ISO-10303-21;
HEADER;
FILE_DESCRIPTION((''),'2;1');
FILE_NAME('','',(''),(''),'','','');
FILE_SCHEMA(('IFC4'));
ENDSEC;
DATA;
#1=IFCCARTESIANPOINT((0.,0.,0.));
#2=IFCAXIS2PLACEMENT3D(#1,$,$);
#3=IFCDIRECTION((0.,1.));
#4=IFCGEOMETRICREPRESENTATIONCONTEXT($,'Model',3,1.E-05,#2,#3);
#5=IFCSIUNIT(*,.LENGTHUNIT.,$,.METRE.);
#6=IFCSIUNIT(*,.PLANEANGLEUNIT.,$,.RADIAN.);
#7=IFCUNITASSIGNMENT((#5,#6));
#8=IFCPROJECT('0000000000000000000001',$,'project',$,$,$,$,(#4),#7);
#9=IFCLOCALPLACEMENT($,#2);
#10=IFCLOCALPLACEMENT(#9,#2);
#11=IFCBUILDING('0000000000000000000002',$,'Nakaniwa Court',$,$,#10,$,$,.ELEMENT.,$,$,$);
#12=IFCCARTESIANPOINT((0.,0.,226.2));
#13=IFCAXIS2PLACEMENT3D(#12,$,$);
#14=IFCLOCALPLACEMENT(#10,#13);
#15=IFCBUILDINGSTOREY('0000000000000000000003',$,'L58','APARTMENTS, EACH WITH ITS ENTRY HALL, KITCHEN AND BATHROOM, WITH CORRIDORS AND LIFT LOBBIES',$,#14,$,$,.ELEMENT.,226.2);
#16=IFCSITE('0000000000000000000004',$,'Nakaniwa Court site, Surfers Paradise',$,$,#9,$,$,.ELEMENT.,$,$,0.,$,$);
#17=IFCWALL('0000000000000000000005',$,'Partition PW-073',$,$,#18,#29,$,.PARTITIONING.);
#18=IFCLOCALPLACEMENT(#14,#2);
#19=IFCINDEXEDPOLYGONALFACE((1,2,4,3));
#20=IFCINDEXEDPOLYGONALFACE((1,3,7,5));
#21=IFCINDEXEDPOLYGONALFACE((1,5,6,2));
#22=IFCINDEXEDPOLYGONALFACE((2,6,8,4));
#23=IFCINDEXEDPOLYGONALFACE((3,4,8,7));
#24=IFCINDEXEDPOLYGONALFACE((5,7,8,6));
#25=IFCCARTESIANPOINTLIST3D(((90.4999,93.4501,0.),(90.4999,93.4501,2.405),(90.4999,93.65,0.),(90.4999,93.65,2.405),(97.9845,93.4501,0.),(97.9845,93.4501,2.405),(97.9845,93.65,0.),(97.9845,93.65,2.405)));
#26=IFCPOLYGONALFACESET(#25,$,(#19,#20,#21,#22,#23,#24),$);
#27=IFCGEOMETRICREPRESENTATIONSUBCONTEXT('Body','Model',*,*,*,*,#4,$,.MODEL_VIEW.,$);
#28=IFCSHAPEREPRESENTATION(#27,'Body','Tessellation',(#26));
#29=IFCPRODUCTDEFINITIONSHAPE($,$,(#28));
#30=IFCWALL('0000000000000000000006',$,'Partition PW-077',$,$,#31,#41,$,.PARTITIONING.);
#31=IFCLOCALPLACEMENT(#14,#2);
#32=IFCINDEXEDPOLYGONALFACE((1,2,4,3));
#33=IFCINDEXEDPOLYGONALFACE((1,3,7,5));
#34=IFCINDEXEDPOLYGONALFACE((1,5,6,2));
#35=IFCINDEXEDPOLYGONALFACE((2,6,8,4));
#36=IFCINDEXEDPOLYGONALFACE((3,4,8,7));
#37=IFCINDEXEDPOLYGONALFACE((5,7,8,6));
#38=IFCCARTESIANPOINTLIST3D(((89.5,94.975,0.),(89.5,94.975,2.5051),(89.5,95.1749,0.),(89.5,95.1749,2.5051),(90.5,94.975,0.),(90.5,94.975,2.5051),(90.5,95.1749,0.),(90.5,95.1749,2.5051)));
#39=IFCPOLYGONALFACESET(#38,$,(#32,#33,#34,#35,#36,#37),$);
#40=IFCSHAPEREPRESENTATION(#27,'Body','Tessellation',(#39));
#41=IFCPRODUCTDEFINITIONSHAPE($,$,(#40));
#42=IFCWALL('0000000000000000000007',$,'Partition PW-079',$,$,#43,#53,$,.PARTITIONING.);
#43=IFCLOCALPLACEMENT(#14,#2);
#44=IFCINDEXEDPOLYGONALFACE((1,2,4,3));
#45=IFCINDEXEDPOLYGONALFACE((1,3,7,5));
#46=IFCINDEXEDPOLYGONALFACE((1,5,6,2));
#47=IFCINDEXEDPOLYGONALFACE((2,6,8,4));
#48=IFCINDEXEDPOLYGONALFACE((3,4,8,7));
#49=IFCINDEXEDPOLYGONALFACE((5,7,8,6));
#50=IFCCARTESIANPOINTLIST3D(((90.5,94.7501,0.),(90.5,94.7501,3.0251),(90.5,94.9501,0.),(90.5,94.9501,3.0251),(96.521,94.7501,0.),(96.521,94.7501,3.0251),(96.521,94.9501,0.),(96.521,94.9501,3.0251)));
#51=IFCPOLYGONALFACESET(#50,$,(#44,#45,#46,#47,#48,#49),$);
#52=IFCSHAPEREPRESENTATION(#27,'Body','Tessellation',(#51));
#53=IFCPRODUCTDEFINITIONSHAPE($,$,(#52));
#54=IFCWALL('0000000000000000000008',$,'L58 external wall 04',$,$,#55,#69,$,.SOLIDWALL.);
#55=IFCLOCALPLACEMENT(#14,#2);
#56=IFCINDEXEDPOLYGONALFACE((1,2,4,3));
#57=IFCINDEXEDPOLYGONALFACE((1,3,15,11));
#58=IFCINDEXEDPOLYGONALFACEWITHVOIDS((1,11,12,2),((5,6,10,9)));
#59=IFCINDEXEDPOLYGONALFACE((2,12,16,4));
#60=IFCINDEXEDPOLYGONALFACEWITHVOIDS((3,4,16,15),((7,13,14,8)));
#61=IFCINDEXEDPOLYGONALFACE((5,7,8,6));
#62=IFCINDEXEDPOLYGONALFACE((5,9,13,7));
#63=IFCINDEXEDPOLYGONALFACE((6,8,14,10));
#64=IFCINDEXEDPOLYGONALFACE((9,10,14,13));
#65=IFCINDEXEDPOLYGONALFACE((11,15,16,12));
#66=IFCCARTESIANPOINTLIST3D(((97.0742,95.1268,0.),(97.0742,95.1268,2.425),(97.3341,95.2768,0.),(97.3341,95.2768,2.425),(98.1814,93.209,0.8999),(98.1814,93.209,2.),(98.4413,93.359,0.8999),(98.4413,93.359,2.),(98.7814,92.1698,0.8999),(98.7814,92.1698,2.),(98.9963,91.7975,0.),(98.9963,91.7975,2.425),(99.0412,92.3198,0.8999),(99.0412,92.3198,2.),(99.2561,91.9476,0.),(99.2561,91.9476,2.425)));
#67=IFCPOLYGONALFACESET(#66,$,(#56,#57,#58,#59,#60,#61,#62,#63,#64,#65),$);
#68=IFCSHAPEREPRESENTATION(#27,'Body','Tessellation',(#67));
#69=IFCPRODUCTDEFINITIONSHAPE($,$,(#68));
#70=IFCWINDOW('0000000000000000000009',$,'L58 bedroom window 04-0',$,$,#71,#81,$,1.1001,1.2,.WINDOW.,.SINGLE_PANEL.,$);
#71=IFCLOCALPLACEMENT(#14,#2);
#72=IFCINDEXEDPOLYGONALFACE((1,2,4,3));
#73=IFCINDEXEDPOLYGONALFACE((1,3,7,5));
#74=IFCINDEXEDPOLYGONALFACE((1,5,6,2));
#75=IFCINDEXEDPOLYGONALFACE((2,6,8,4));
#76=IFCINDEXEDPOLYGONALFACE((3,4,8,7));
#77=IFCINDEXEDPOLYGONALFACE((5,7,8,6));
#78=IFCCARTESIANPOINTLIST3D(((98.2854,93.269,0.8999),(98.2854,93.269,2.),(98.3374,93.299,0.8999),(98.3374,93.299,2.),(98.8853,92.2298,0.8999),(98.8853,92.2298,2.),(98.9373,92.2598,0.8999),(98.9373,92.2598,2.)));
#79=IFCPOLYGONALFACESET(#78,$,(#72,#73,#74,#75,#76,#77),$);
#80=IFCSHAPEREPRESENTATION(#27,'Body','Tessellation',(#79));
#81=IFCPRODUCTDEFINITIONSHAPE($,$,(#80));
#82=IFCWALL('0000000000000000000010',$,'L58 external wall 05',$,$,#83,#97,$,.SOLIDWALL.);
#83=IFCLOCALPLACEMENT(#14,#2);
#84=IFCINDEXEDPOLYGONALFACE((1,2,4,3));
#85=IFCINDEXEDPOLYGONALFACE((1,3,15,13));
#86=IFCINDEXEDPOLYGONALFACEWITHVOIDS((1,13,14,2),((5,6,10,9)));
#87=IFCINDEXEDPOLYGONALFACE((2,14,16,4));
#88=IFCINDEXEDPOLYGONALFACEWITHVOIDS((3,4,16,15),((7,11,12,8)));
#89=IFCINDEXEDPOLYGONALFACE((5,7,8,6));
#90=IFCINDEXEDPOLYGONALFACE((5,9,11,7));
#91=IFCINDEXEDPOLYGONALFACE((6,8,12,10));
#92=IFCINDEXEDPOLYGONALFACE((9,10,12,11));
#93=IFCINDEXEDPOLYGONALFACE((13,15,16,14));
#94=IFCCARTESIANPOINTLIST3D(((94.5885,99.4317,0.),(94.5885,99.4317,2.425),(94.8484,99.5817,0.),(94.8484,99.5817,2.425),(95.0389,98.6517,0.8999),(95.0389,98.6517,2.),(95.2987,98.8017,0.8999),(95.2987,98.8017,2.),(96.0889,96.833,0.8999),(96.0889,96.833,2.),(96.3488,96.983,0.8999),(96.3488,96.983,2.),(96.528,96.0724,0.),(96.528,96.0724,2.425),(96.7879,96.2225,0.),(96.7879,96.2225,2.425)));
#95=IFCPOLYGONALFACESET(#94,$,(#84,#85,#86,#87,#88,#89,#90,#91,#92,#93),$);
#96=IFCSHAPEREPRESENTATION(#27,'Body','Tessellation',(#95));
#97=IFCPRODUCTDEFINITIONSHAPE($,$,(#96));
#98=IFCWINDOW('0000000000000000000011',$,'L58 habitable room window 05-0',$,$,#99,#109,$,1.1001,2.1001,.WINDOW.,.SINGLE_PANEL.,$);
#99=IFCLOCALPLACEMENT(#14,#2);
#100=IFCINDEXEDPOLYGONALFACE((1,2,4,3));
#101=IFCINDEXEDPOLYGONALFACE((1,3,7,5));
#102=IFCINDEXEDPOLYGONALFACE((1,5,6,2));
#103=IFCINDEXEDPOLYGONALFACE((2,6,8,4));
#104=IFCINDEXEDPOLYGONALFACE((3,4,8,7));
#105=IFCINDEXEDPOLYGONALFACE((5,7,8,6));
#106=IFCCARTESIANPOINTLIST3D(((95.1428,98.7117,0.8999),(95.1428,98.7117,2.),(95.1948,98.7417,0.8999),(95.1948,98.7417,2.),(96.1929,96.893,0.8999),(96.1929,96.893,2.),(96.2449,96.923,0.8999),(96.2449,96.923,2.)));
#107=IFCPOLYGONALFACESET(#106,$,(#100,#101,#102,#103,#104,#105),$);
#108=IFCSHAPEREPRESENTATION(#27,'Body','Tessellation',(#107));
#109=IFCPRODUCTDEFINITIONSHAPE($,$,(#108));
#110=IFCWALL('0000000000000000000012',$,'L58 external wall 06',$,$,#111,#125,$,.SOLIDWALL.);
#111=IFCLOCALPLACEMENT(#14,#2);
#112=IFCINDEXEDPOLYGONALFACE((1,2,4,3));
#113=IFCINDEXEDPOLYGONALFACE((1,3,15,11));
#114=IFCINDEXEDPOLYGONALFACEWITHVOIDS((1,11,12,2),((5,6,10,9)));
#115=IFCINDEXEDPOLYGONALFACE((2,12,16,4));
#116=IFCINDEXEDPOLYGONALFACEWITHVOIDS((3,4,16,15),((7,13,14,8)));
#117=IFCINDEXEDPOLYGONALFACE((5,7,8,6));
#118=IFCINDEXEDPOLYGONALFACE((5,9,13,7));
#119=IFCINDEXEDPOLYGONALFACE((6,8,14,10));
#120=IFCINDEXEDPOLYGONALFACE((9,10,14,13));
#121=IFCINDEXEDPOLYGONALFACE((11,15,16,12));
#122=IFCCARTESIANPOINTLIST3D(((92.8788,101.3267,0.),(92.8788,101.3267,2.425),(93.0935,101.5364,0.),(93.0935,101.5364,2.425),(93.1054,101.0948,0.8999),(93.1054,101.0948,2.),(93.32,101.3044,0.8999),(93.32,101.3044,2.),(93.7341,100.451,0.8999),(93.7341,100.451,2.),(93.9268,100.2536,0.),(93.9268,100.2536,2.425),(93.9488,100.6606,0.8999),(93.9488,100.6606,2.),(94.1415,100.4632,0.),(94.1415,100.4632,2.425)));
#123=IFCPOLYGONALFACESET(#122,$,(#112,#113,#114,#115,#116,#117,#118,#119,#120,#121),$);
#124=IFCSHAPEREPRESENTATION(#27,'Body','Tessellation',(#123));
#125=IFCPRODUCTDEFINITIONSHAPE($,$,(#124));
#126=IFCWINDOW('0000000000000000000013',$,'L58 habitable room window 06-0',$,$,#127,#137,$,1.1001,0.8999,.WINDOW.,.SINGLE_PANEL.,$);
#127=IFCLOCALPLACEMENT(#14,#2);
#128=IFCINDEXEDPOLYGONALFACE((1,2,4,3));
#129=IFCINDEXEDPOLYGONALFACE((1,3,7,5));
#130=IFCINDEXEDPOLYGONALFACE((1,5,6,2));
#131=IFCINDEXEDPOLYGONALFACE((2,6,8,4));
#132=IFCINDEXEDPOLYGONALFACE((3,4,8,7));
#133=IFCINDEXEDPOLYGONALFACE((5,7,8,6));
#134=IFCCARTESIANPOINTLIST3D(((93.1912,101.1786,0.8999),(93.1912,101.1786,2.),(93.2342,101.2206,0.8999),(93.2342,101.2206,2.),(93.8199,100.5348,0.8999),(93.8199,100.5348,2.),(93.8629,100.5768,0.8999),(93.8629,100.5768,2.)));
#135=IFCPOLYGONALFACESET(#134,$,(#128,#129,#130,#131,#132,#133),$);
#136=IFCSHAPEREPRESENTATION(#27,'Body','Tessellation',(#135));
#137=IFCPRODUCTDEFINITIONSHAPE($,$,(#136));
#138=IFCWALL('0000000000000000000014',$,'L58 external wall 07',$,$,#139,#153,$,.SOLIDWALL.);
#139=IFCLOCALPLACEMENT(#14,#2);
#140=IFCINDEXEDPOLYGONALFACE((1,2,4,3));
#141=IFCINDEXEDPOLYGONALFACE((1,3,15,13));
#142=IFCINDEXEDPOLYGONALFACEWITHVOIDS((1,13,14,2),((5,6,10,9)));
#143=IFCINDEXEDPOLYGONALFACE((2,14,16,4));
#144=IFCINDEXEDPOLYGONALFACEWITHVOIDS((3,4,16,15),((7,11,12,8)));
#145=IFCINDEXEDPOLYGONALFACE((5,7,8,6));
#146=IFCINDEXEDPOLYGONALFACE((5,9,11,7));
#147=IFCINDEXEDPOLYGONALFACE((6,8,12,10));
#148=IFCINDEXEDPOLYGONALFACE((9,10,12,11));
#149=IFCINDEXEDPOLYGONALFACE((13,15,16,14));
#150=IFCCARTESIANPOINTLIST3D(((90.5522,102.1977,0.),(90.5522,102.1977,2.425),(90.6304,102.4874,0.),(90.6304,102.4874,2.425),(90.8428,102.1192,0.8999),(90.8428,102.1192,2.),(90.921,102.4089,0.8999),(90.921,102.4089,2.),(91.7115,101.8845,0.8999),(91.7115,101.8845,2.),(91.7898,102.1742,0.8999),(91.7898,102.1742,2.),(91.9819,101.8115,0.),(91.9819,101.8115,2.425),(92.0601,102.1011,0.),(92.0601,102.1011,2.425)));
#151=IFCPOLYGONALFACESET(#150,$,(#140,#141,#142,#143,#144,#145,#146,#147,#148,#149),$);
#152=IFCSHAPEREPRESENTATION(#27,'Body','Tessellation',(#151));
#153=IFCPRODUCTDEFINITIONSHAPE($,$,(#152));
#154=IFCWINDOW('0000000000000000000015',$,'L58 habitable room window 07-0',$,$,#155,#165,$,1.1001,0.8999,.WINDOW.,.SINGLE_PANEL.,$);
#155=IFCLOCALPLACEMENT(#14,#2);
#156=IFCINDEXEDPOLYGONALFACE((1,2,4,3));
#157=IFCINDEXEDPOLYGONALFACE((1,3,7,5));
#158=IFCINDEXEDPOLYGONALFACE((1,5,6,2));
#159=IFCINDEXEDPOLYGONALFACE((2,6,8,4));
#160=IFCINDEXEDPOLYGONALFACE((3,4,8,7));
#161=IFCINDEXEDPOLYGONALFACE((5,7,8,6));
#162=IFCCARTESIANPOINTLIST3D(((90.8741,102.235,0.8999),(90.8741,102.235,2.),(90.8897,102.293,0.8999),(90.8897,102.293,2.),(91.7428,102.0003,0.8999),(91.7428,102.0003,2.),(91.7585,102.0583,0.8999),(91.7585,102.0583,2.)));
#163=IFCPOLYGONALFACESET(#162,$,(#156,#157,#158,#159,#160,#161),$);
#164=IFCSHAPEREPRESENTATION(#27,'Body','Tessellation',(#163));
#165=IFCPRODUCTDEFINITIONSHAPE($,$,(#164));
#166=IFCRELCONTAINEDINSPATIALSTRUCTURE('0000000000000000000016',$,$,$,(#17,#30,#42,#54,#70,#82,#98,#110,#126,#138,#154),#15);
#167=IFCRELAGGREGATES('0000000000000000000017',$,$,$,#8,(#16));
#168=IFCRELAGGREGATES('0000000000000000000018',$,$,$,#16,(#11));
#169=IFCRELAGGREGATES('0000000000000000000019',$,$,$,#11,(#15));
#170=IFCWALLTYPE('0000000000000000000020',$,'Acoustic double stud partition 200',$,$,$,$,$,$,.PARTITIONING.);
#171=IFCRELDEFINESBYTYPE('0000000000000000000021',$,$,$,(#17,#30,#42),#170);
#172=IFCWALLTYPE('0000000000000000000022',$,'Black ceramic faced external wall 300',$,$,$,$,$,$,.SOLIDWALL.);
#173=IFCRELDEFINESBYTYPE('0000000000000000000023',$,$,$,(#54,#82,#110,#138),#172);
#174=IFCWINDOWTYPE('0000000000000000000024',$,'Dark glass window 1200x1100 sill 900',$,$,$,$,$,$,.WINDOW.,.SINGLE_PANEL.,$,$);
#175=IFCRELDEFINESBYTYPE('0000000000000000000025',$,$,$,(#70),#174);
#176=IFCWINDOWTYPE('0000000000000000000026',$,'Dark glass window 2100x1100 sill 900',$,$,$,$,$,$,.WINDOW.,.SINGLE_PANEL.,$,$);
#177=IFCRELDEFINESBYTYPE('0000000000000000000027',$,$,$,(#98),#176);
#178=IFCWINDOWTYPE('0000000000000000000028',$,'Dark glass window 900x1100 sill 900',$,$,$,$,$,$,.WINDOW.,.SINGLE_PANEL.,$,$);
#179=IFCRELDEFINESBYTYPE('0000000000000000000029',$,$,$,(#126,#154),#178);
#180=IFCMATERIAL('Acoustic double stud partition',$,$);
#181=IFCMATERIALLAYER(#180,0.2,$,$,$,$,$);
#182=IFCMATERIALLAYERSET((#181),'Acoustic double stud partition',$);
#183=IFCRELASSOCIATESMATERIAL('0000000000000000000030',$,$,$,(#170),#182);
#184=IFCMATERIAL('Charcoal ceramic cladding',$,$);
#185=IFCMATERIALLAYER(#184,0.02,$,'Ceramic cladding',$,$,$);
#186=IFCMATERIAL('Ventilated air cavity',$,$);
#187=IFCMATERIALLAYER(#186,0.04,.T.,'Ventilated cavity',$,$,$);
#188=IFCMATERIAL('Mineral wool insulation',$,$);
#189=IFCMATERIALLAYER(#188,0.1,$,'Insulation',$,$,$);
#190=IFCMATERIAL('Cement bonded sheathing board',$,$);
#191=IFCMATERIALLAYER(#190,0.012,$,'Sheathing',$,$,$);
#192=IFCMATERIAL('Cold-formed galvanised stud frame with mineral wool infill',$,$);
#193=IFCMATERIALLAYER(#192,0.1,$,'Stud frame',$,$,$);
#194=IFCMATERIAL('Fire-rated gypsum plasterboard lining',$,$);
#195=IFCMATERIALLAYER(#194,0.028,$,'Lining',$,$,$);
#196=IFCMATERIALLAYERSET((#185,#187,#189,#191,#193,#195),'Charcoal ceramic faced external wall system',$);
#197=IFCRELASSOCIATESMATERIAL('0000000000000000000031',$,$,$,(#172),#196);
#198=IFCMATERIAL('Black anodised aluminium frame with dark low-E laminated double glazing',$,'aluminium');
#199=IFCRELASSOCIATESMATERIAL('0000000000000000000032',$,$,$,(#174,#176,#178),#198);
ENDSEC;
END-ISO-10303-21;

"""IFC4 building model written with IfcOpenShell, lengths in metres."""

from ifc_helpers import new_model, si_unit, direction, frame, frame_2d, origin, place, context, subcontext, project, spatial, rectangle, extrude, material, layer, layer_set, type_object, element, fill, save


model = new_model("IFC4")

# Units and contexts
model_context = context("Model", 3, precision=1e-05, world=origin(), true_north=direction((0.0, 1.0)))
body_context = subcontext(model_context, "Body", "Model", "MODEL_VIEW")
ifc_project = project(units=[si_unit("LENGTHUNIT", "METRE"), si_unit("PLANEANGLEUNIT", "RADIAN")], contexts=[model_context])

# Site, building, storey
site_placement = place(None, origin())
site = spatial("IfcSite", under=ifc_project, at=site_placement, Name="Nakaniwa Court site, Surfers Paradise", CompositionType="ELEMENT", RefElevation=0.0)
building_placement = place(site_placement, origin())
building = spatial("IfcBuilding", under=site, at=building_placement, Name="Nakaniwa Court", CompositionType="ELEMENT")
storey_placement = place(building_placement, frame((0.0, 0.0, 226.2)))
storey = spatial("IfcBuildingStorey", under=building, at=storey_placement, Name="L58", Description="APARTMENTS, EACH WITH ITS ENTRY HALL, KITCHEN AND BATHROOM, WITH CORRIDORS AND LIFT LOBBIES", CompositionType="ELEMENT", Elevation=226.2)

# Shared definitions
ifc_material_1 = material(Name="Acoustic double stud partition")
ifc_layer_1 = layer(ifc_material_1, 0.2)
ifc_layer_set_1 = layer_set([ifc_layer_1], Name="Acoustic double stud partition")
wall_type_1 = type_object("IfcWallType", Name="Acoustic double stud partition 200", PredefinedType="PARTITIONING", material=ifc_layer_set_1)

# Walls
wall_1_placement = place(storey_placement, frame((90.5, 93.55, 0.0), z_axis=(0.0, 0.0, 1.0), x_axis=(1.0, 0.0, 0.0)))
element("IfcWall", 1, at=wall_1_placement, inside=storey, type_object=wall_type_1, Name="Partition PW-073", PredefinedType="PARTITIONING", context=body_context, shape_type="SweptSolid", body=[
    extrude(rectangle(XDim=7.4846, YDim=0.2, at=frame_2d((3.7422, 0.0))), origin(), (0.0, 0.0, 1.0), 2.405),
])
wall_2_placement = place(storey_placement, frame((89.5, 95.075, 0.0), z_axis=(0.0, 0.0, 1.0), x_axis=(1.0, 0.0, 0.0)))
element("IfcWall", 2, at=wall_2_placement, inside=storey, type_object=wall_type_1, Name="Partition PW-077", PredefinedType="PARTITIONING", context=body_context, shape_type="SweptSolid", body=[
    extrude(rectangle(XDim=1.0, YDim=0.2, at=frame_2d((0.5, 0.0))), origin(), (0.0, 0.0, 1.0), 2.5051),
])
wall_3_placement = place(storey_placement, frame((90.5, 94.8501, 0.0), z_axis=(0.0, 0.0, 1.0), x_axis=(1.0, 0.0, 0.0)))
element("IfcWall", 3, at=wall_3_placement, inside=storey, type_object=wall_type_1, Name="Partition PW-079", PredefinedType="PARTITIONING", context=body_context, shape_type="SweptSolid", body=[
    extrude(rectangle(XDim=6.021, YDim=0.2, at=frame_2d((3.0105, 0.0))), origin(), (0.0, 0.0, 1.0), 3.0251),
])

# Walls, openings, windows
ifc_material_2 = material(Name="Charcoal ceramic cladding")
ifc_layer_2 = layer(ifc_material_2, 0.02, Name="Ceramic cladding")
ifc_material_3 = material(Name="Ventilated air cavity")
ifc_layer_3 = layer(ifc_material_3, 0.04, ventilated=True, Name="Ventilated cavity")
ifc_material_4 = material(Name="Mineral wool insulation")
ifc_layer_4 = layer(ifc_material_4, 0.1, Name="Insulation")
ifc_material_5 = material(Name="Cement bonded sheathing board")
ifc_layer_5 = layer(ifc_material_5, 0.012, Name="Sheathing")
ifc_material_6 = material(Name="Cold-formed galvanised stud frame with mineral wool infill")
ifc_layer_6 = layer(ifc_material_6, 0.1, Name="Stud frame")
ifc_material_7 = material(Name="Fire-rated gypsum plasterboard lining")
ifc_layer_7 = layer(ifc_material_7, 0.028, Name="Lining")
ifc_layer_set_2 = layer_set([ifc_layer_2, ifc_layer_3, ifc_layer_4, ifc_layer_5, ifc_layer_6, ifc_layer_7], Name="Charcoal ceramic faced external wall system")
wall_type_2 = type_object("IfcWallType", Name="Black ceramic faced external wall 300", PredefinedType="SOLIDWALL", material=ifc_layer_set_2)
wall_4_placement = place(storey_placement, frame((99.1262, 91.8726, 0.0), z_axis=(0.0, 0.0, 1.0), x_axis=(-0.499984, 0.866034, 0.0)))
wall_4 = element("IfcWall", 4, at=wall_4_placement, inside=storey, type_object=wall_type_2, Name="L58 external wall 04", PredefinedType="SOLIDWALL", context=body_context, shape_type="SweptSolid", body=[
    extrude(rectangle(XDim=3.8442, YDim=0.3, at=frame_2d((1.9221, 0.0))), origin(), (0.0, 0.0, 1.0), 2.425),
])
opening_1_placement = place(wall_4_placement, frame((0.4297, 0.0, 0.8999)))
opening_1 = element("IfcOpeningElement", 5, at=opening_1_placement, cuts=wall_4, PredefinedType="OPENING", context=body_context, shape_type="SweptSolid", body=[
    extrude(rectangle(XDim=1.2, YDim=1.1001, at=frame_2d((0.6001, 0.55))), frame((0.0, 0.1599, 0.0), z_axis=(0.0, -1.0, 0.0), x_axis=(1.0, 0.0, 0.0)), (0.0, 0.0, 1.0), 0.3201),
])
ifc_material_8 = material(Name="Black anodised aluminium frame with dark low-E laminated double glazing", Category="aluminium")
window_type_1 = type_object("IfcWindowType", Name="Dark glass window 1200x1100 sill 900", PartitioningType="SINGLE_PANEL", PredefinedType="WINDOW", material=ifc_material_8)
window_1_placement = place(opening_1_placement, origin())
window_1 = element("IfcWindow", 6, at=window_1_placement, inside=storey, type_object=window_type_1, Name="L58 bedroom window 04-0", OverallHeight=1.1001, OverallWidth=1.2, PartitioningType="SINGLE_PANEL", PredefinedType="WINDOW", context=body_context, shape_type="SweptSolid", body=[
    extrude(rectangle(XDim=1.2, YDim=1.1001, at=frame_2d((0.6001, 0.55))), frame((0.0, 0.03, 0.0), z_axis=(0.0, -1.0, 0.0), x_axis=(1.0, 0.0, 0.0)), (0.0, 0.0, 1.0), 0.0601),
])
fill(opening_1, window_1)
wall_5_placement = place(storey_placement, frame((96.658, 96.1475, 0.0), z_axis=(0.0, 0.0, 1.0), x_axis=(-0.500011, 0.866019, 0.0)))
wall_5 = element("IfcWall", 7, at=wall_5_placement, inside=storey, type_object=wall_type_2, Name="L58 external wall 05", PredefinedType="SOLIDWALL", context=body_context, shape_type="SweptSolid", body=[
    extrude(rectangle(XDim=3.8789, YDim=0.3, at=frame_2d((1.9395, 0.0))), origin(), (0.0, 0.0, 1.0), 2.425),
])
opening_2_placement = place(wall_5_placement, frame((0.8782, 0.0, 0.8999)))
opening_2 = element("IfcOpeningElement", 8, at=opening_2_placement, cuts=wall_5, PredefinedType="OPENING", context=body_context, shape_type="SweptSolid", body=[
    extrude(rectangle(XDim=2.1001, YDim=1.1001, at=frame_2d((1.05, 0.55))), frame((0.0, 0.1599, 0.0), z_axis=(0.0, -1.0, 0.0), x_axis=(1.0, 0.0, 0.0)), (0.0, 0.0, 1.0), 0.3201),
])
window_type_2 = type_object("IfcWindowType", Name="Dark glass window 2100x1100 sill 900", PartitioningType="SINGLE_PANEL", PredefinedType="WINDOW", material=ifc_material_8)
window_2_placement = place(opening_2_placement, origin())
window_2 = element("IfcWindow", 9, at=window_2_placement, inside=storey, type_object=window_type_2, Name="L58 habitable room window 05-0", OverallHeight=1.1001, OverallWidth=2.1001, PartitioningType="SINGLE_PANEL", PredefinedType="WINDOW", context=body_context, shape_type="SweptSolid", body=[
    extrude(rectangle(XDim=2.1001, YDim=1.1001, at=frame_2d((1.05, 0.55))), frame((0.0, 0.03, 0.0), z_axis=(0.0, -1.0, 0.0), x_axis=(1.0, 0.0, 0.0)), (0.0, 0.0, 1.0), 0.0601),
])
fill(opening_2, window_2)
wall_6_placement = place(storey_placement, frame((94.0342, 100.3584, 0.0), z_axis=(0.0, 0.0, 1.0), x_axis=(-0.698676, 0.715439, 0.0)))
wall_6 = element("IfcWall", 10, at=wall_6_placement, inside=storey, type_object=wall_type_2, Name="L58 external wall 06", PredefinedType="SOLIDWALL", context=body_context, shape_type="SweptSolid", body=[
    extrude(rectangle(XDim=1.5, YDim=0.3, at=frame_2d((0.75, 0.0))), origin(), (0.0, 0.0, 1.0), 2.425),
])
opening_3_placement = place(wall_6_placement, frame((0.2759, 0.0, 0.8999)))
opening_3 = element("IfcOpeningElement", 11, at=opening_3_placement, cuts=wall_6, PredefinedType="OPENING", context=body_context, shape_type="SweptSolid", body=[
    extrude(rectangle(XDim=0.8999, YDim=1.1001, at=frame_2d((0.45, 0.55))), frame((0.0, 0.1599, 0.0), z_axis=(0.0, -1.0, 0.0), x_axis=(1.0, 0.0, 0.0)), (0.0, 0.0, 1.0), 0.3201),
])
window_type_3 = type_object("IfcWindowType", Name="Dark glass window 900x1100 sill 900", PartitioningType="SINGLE_PANEL", PredefinedType="WINDOW", material=ifc_material_8)
window_3_placement = place(opening_3_placement, origin())
window_3 = element("IfcWindow", 12, at=window_3_placement, inside=storey, type_object=window_type_3, Name="L58 habitable room window 06-0", OverallHeight=1.1001, OverallWidth=0.8999, PartitioningType="SINGLE_PANEL", PredefinedType="WINDOW", context=body_context, shape_type="SweptSolid", body=[
    extrude(rectangle(XDim=0.8999, YDim=1.1001, at=frame_2d((0.45, 0.55))), frame((0.0, 0.03, 0.0), z_axis=(0.0, -1.0, 0.0), x_axis=(1.0, 0.0, 0.0)), (0.0, 0.0, 1.0), 0.0601),
])
fill(opening_3, window_3)
wall_7_placement = place(storey_placement, frame((92.021, 101.9563, 0.0), z_axis=(0.0, 0.0, 1.0), x_axis=(-0.965393, 0.260801, 0.0)))
wall_7 = element("IfcWall", 13, at=wall_7_placement, inside=storey, type_object=wall_type_2, Name="L58 external wall 07", PredefinedType="SOLIDWALL", context=body_context, shape_type="SweptSolid", body=[
    extrude(rectangle(XDim=1.481, YDim=0.3, at=frame_2d((0.7405, 0.0))), origin(), (0.0, 0.0, 1.0), 2.425),
])
opening_4_placement = place(wall_7_placement, frame((0.28, 0.0, 0.8999)))
opening_4 = element("IfcOpeningElement", 14, at=opening_4_placement, cuts=wall_7, PredefinedType="OPENING", context=body_context, shape_type="SweptSolid", body=[
    extrude(rectangle(XDim=0.8999, YDim=1.1001, at=frame_2d((0.45, 0.55))), frame((0.0, 0.1599, 0.0), z_axis=(0.0, -1.0, 0.0), x_axis=(1.0, 0.0, 0.0)), (0.0, 0.0, 1.0), 0.3201),
])
window_4_placement = place(opening_4_placement, origin())
window_4 = element("IfcWindow", 15, at=window_4_placement, inside=storey, type_object=window_type_3, Name="L58 habitable room window 07-0", OverallHeight=1.1001, OverallWidth=0.8999, PartitioningType="SINGLE_PANEL", PredefinedType="WINDOW", context=body_context, shape_type="SweptSolid", body=[
    extrude(rectangle(XDim=0.8999, YDim=1.1001, at=frame_2d((0.45, 0.55))), frame((0.0, 0.03, 0.0), z_axis=(0.0, -1.0, 0.0), x_axis=(1.0, 0.0, 0.0)), (0.0, 0.0, 1.0), 0.0601),
])
fill(opening_4, window_4)

save(model, "model.ifc")
